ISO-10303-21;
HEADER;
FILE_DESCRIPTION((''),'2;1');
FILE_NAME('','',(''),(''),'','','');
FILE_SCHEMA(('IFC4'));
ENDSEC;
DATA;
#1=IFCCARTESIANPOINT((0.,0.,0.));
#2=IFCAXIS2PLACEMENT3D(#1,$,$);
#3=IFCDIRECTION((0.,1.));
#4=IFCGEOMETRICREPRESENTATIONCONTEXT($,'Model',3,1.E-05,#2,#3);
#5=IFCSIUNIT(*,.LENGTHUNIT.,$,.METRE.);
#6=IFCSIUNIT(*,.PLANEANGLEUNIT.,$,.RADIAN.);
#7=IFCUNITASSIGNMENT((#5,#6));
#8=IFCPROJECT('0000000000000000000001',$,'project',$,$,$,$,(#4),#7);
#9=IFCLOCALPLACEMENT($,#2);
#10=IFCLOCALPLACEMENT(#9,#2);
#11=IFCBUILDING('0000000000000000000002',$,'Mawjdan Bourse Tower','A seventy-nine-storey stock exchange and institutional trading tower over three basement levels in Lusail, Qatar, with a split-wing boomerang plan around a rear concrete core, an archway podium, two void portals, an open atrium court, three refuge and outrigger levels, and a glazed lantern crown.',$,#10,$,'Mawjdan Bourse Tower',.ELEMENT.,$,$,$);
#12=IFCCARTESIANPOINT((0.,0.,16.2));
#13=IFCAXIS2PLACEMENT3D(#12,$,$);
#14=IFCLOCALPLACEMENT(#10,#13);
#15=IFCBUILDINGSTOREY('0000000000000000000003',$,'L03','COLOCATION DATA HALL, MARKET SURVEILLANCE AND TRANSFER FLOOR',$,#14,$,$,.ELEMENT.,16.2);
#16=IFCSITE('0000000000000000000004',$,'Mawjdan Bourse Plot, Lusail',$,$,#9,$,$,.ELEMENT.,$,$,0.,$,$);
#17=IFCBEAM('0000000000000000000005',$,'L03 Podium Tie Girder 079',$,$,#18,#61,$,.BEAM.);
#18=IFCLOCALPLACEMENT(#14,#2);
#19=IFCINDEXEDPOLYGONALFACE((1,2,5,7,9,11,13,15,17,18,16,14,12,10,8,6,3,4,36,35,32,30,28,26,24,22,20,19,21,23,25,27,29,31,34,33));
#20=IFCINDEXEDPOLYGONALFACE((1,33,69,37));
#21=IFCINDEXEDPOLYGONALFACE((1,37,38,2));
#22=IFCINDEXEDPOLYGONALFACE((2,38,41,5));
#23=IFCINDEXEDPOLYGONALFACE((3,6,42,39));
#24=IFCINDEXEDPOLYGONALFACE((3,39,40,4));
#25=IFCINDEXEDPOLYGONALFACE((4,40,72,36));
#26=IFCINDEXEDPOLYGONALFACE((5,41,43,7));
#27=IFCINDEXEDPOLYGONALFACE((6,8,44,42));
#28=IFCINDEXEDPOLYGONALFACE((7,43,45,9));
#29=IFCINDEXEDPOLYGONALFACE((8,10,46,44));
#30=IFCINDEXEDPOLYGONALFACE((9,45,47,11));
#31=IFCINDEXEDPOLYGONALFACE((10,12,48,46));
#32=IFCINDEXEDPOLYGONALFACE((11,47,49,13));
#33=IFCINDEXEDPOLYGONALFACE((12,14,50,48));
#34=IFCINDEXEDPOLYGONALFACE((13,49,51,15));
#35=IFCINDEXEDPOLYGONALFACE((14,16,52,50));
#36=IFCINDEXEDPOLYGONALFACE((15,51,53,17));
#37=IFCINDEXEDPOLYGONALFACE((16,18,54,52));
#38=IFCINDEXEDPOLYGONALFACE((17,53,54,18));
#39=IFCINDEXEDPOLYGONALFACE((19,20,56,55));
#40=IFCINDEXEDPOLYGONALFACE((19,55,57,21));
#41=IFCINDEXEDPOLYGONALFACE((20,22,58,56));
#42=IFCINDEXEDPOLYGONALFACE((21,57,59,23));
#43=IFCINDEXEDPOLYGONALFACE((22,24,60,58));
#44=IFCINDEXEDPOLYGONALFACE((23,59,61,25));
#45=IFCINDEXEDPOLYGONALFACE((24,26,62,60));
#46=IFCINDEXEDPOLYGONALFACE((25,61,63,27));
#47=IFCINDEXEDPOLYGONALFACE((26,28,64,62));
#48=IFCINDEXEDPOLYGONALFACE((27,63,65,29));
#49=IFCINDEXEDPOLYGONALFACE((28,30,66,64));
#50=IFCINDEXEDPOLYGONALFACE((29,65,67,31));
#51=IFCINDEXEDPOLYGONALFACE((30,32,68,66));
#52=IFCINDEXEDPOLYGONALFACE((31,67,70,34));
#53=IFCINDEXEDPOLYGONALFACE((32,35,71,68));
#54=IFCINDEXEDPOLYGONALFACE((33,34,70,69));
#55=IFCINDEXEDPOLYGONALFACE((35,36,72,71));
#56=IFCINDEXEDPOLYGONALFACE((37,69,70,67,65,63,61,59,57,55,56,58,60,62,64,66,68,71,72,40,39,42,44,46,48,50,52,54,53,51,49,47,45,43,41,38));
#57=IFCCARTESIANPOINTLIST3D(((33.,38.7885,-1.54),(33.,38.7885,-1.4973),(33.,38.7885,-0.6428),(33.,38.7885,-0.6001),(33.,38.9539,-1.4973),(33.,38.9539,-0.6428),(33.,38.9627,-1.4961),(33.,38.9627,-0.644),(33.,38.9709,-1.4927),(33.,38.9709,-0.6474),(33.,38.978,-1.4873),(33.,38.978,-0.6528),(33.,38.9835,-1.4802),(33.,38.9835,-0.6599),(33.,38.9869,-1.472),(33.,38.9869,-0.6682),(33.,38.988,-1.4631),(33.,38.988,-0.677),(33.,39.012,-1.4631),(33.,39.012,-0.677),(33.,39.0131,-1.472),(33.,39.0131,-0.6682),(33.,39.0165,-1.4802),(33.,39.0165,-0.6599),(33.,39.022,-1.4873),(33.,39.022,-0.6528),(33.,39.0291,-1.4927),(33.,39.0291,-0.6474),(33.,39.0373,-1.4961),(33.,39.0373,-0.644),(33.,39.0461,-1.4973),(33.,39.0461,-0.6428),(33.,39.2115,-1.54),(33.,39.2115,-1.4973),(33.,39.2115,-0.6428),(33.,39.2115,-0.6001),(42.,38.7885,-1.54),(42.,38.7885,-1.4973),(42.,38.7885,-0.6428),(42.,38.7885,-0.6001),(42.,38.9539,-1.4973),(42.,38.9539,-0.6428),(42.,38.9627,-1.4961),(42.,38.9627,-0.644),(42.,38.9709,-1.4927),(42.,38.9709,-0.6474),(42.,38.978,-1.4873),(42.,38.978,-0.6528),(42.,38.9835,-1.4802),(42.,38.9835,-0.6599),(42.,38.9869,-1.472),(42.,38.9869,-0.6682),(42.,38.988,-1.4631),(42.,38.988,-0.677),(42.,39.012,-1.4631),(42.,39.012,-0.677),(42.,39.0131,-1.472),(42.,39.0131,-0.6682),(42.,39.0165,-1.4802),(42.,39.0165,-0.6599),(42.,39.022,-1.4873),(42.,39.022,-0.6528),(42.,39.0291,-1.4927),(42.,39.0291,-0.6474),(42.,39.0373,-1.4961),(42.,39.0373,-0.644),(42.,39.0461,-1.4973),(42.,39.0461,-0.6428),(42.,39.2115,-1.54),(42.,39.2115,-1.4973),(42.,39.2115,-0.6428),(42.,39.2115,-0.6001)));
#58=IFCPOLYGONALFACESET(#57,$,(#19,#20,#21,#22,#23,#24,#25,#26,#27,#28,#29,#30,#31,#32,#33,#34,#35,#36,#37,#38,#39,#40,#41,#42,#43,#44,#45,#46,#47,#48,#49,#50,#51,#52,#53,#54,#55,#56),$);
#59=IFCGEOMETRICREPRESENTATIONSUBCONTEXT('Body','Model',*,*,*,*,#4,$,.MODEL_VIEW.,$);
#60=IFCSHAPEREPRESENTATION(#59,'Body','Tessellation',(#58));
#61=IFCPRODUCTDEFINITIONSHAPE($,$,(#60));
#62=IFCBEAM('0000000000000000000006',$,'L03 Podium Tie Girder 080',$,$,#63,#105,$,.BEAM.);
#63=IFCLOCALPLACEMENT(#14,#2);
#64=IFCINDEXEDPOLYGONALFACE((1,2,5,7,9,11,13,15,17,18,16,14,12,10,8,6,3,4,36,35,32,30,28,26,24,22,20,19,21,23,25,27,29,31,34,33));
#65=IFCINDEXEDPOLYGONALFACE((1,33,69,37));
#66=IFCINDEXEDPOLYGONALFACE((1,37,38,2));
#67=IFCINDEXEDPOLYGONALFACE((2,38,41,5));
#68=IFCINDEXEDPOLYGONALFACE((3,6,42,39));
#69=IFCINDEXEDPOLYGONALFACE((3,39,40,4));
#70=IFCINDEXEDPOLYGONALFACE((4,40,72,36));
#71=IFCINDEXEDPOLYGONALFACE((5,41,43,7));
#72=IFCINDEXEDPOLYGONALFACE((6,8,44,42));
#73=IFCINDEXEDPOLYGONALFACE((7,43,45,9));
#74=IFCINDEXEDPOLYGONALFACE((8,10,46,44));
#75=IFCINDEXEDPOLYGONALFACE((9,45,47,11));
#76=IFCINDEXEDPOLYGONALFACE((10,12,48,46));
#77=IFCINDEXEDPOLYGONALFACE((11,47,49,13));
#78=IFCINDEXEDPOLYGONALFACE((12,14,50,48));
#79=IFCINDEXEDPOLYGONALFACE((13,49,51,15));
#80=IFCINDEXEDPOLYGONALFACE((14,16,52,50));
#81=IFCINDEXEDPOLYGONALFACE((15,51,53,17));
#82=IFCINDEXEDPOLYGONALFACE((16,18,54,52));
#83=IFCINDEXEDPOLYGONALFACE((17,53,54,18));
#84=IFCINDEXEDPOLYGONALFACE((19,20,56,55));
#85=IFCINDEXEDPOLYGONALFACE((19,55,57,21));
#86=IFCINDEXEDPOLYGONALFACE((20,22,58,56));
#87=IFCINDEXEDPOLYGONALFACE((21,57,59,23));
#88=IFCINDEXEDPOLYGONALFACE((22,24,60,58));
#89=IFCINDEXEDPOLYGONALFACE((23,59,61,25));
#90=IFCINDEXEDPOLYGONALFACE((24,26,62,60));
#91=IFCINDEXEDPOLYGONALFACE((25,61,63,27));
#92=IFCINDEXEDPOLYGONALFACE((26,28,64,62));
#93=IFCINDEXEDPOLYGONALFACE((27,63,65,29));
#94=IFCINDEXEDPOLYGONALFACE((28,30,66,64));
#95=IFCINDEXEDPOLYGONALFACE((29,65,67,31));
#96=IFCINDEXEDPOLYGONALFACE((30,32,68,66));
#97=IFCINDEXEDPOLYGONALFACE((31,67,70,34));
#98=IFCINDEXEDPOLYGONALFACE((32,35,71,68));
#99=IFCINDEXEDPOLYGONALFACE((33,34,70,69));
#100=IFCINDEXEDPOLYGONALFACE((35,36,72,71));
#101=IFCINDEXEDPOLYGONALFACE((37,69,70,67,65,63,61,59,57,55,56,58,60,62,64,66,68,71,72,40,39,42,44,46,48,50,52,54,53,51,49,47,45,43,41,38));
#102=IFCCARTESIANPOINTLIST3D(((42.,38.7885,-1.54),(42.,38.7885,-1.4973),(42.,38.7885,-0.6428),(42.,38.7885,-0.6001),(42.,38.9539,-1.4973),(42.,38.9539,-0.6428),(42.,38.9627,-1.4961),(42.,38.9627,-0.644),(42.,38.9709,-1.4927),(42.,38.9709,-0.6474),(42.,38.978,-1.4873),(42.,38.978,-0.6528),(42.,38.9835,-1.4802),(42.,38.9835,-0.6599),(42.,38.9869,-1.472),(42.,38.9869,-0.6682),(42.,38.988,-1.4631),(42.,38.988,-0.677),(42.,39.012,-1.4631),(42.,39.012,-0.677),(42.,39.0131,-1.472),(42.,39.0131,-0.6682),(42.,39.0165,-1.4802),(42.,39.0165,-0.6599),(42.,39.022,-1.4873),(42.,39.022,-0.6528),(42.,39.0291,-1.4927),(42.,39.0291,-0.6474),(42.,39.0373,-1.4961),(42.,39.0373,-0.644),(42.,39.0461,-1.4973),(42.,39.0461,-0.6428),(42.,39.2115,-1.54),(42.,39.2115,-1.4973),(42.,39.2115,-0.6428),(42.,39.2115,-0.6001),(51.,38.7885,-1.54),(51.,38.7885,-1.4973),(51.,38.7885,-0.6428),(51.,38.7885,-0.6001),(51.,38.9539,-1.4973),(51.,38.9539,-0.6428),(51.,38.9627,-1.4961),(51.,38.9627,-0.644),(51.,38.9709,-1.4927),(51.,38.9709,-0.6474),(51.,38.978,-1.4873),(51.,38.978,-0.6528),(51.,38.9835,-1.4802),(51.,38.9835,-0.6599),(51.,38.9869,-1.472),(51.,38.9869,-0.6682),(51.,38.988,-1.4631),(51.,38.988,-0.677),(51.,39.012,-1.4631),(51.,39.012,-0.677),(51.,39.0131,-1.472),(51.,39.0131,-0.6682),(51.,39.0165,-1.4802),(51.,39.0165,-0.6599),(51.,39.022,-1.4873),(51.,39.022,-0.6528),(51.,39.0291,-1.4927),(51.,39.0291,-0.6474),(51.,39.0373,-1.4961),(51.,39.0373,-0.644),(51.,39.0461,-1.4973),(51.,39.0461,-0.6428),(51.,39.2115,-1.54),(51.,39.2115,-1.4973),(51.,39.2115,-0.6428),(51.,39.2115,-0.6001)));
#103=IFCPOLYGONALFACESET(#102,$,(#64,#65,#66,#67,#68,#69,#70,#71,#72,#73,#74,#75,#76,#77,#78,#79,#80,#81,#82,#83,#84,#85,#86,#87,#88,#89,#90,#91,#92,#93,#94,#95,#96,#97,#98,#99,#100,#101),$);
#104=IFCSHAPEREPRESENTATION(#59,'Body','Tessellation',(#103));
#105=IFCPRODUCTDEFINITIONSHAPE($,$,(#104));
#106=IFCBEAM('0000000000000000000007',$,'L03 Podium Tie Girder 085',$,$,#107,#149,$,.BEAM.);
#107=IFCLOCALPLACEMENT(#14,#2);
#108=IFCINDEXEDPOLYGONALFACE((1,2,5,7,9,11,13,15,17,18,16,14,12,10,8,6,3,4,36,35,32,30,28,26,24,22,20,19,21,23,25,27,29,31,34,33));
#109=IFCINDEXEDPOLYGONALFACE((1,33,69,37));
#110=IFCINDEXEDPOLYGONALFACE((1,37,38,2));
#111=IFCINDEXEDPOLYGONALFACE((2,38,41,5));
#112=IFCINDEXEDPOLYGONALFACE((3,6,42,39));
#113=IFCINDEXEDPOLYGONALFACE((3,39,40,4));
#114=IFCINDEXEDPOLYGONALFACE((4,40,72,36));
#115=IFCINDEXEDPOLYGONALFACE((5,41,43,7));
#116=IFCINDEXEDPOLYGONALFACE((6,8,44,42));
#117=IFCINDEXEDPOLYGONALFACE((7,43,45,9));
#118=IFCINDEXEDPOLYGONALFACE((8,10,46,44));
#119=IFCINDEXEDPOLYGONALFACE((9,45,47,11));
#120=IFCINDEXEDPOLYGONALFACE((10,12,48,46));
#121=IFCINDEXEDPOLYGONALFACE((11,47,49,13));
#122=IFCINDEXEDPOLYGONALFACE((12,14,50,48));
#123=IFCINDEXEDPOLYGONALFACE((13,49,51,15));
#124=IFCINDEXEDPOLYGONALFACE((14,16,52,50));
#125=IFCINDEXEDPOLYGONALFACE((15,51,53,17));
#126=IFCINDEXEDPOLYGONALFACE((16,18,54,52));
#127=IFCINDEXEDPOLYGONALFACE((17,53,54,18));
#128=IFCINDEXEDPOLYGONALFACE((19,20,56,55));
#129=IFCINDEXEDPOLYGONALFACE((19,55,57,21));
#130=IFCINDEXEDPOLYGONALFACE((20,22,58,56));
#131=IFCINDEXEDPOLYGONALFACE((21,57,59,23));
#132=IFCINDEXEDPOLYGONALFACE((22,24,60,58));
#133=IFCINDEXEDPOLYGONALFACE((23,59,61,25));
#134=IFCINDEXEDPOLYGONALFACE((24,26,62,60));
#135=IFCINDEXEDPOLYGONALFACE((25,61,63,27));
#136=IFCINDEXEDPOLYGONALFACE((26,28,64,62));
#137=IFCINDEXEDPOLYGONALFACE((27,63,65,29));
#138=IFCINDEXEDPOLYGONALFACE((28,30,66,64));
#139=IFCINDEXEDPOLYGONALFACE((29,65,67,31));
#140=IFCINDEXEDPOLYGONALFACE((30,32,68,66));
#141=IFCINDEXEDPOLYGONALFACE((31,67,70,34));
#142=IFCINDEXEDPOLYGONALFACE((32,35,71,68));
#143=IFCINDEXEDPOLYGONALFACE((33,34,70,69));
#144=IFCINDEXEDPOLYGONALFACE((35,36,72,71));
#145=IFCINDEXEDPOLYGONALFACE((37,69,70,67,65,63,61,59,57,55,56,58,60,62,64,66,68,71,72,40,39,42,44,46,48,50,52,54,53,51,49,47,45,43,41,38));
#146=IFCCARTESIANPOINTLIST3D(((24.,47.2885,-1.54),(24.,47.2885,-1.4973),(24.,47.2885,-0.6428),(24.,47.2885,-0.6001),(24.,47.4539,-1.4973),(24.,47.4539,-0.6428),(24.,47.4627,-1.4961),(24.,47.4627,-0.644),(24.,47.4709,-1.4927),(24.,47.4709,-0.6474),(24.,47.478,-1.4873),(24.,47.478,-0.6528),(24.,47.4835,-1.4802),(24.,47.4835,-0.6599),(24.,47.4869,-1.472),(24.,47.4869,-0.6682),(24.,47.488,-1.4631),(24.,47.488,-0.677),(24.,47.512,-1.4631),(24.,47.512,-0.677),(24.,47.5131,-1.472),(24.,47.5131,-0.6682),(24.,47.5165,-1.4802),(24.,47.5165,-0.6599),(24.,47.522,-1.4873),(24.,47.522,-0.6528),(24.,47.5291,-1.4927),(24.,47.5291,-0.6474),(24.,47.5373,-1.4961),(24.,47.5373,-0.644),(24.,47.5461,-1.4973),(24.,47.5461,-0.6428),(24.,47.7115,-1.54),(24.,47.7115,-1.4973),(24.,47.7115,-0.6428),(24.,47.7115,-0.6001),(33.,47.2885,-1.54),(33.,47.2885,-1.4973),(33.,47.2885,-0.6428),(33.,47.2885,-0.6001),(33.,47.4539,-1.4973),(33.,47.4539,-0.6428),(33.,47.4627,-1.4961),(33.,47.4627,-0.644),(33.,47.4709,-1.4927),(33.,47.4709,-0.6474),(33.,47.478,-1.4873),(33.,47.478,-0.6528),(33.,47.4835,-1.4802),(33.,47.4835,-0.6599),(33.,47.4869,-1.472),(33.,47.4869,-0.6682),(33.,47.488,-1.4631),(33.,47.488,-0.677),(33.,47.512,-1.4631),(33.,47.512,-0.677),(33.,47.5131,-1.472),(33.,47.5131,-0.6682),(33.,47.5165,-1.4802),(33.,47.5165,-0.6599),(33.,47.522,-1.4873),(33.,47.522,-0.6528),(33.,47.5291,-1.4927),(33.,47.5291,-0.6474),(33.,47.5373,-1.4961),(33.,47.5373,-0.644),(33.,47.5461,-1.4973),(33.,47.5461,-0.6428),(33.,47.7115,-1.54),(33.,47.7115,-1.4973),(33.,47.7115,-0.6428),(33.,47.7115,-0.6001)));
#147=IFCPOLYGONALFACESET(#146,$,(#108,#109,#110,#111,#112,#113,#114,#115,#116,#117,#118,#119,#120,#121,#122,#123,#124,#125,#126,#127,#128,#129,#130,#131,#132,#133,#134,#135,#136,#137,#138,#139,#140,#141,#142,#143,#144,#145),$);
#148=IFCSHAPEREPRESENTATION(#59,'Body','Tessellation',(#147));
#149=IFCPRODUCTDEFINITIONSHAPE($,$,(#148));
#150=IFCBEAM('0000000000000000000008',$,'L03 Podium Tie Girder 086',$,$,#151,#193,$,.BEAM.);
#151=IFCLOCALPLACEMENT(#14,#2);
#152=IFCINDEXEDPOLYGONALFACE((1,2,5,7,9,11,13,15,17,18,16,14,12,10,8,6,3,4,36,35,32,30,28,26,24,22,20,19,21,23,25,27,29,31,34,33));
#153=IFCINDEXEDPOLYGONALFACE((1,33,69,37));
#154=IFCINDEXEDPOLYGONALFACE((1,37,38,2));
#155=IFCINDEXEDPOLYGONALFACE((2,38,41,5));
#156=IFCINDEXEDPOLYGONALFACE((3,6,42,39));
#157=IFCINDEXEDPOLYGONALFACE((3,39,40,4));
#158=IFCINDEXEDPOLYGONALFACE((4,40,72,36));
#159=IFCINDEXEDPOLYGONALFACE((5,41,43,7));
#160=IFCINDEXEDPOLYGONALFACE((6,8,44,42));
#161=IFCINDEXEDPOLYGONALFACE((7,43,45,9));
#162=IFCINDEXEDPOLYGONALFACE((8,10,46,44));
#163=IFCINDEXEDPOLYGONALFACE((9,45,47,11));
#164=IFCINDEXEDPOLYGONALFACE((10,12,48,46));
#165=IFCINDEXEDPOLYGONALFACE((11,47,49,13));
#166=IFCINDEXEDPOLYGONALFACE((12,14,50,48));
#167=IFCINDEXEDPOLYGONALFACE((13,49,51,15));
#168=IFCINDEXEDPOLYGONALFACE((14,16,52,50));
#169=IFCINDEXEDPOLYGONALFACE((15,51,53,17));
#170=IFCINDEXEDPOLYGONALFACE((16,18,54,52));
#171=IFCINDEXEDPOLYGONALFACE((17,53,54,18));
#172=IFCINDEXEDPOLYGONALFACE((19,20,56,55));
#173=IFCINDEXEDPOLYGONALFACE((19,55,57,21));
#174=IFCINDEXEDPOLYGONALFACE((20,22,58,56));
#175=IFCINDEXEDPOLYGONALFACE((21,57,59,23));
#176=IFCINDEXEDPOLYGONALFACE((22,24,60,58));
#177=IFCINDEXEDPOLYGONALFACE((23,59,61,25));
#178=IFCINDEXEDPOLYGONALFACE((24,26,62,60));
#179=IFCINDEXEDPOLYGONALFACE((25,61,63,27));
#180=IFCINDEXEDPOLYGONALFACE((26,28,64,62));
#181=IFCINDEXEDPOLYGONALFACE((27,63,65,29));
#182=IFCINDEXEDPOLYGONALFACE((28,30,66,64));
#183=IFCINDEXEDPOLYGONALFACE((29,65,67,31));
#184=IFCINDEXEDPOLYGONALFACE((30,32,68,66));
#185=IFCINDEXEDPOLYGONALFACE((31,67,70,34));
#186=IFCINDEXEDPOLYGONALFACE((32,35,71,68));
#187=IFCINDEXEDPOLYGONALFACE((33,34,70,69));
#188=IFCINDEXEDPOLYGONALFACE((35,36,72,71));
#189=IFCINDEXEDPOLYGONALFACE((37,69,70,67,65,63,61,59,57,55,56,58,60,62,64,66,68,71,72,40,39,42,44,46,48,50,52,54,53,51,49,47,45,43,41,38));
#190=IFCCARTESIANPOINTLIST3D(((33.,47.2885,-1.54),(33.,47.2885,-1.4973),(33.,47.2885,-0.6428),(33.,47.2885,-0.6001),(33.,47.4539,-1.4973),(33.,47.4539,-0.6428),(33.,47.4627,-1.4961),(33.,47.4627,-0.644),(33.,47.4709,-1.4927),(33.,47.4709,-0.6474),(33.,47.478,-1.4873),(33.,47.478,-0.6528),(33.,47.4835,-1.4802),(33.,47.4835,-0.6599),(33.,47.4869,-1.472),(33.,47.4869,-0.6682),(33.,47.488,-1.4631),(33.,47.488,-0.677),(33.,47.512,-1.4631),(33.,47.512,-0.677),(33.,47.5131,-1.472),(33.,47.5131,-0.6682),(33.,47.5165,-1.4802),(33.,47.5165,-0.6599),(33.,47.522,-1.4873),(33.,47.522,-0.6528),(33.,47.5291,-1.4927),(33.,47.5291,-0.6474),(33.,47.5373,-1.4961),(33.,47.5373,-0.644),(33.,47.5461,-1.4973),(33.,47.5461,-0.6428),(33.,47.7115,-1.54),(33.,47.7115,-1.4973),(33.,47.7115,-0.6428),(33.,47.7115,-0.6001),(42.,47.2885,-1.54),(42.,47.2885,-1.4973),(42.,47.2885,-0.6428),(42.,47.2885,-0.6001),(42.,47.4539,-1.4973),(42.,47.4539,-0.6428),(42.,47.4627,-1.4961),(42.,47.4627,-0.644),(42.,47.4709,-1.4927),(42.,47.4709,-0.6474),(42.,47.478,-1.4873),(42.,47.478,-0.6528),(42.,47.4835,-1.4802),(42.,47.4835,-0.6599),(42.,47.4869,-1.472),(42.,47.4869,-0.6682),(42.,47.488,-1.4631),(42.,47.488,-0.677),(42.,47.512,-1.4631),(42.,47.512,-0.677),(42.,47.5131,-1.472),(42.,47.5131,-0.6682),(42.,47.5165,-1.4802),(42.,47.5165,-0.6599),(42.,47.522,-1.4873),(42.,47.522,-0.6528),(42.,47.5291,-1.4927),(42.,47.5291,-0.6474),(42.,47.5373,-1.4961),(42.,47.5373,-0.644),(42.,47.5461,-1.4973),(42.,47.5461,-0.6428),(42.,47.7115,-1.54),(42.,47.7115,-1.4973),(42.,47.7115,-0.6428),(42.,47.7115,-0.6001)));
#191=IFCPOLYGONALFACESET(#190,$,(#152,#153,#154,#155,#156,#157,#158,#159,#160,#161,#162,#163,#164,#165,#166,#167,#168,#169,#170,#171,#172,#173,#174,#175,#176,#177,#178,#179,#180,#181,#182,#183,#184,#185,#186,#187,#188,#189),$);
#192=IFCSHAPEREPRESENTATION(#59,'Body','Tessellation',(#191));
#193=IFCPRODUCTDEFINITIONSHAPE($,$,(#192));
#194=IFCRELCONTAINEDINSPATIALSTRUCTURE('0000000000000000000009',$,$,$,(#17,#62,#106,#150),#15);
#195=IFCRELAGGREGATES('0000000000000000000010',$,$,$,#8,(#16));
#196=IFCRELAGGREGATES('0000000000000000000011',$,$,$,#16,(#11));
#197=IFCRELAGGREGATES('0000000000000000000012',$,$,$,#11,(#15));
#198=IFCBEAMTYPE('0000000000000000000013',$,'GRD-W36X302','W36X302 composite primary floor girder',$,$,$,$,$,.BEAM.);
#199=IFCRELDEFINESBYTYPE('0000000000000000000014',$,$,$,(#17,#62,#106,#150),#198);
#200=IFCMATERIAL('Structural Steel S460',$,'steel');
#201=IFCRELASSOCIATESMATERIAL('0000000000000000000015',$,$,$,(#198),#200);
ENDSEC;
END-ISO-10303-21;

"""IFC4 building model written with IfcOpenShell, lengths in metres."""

from ifc_helpers import new_model, si_unit, direction, frame, origin, origin_2d, place, context, subcontext, project, spatial, i_section, extrude, material, material_profile, profile_set, type_object, element, save


model = new_model("IFC4")

# Units and contexts
model_context = context("Model", 3, precision=1e-05, world=origin(), true_north=direction((0.0, 1.0)))
body_context = subcontext(model_context, "Body", "Model", "MODEL_VIEW")
ifc_project = project(units=[si_unit("LENGTHUNIT", "METRE"), si_unit("PLANEANGLEUNIT", "RADIAN")], contexts=[model_context])

# Site, building, storey
site_placement = place(None, origin())
site = spatial("IfcSite", under=ifc_project, at=site_placement, Name="Mawjdan Bourse Plot, Lusail", CompositionType="ELEMENT", RefElevation=0.0)
building_placement = place(site_placement, origin())
building = spatial("IfcBuilding", under=site, at=building_placement, Name="Mawjdan Bourse Tower", Description="A seventy-nine-storey stock exchange and institutional trading tower over three basement levels in Lusail, Qatar, with a split-wing boomerang plan around a rear concrete core, an archway podium, two void portals, an open atrium court, three refuge and outrigger levels, and a glazed lantern crown.", LongName="Mawjdan Bourse Tower", CompositionType="ELEMENT")
storey_placement = place(building_placement, frame((0.0, 0.0, 16.2)))
storey = spatial("IfcBuildingStorey", under=building, at=storey_placement, Name="L03", Description="COLOCATION DATA HALL, MARKET SURVEILLANCE AND TRANSFER FLOOR", CompositionType="ELEMENT", Elevation=16.2)

# Beams
ifc_material_1 = material(Name="Structural Steel S460", Category="steel")
ifc_material_profile_1 = material_profile(ifc_material_1, i_section(OverallWidth=0.4231, OverallDepth=0.9399, WebThickness=0.0239, FlangeThickness=0.0427, FilletRadius=0.0342, at=origin_2d()), Name="W36X302")
ifc_profile_set_1 = profile_set([ifc_material_profile_1], Name="Structural Steel S460")
beam_type_1 = type_object("IfcBeamType", Name="GRD-W36X302", Description="W36X302 composite primary floor girder", PredefinedType="BEAM", material=ifc_profile_set_1)
for number, where, z_axis, x_axis, name in (
    (1, (33.0, 39.0, -1.0701), (1.0, 0.0, 0.0), (0.0, 1.0, 0.0), "L03 Podium Tie Girder 079"),
    (2, (42.0, 39.0, -1.0701), (1.0, 0.0, 0.0), (0.0, 1.0, 0.0), "L03 Podium Tie Girder 080"),
    (3, (24.0, 47.5, -1.0701), (1.0, 0.0, 0.0), (0.0, 1.0, 0.0), "L03 Podium Tie Girder 085"),
    (4, (33.0, 47.5, -1.0701), (1.0, 0.0, 0.0), (0.0, 1.0, 0.0), "L03 Podium Tie Girder 086"),
):
    element("IfcBeam", number, at=place(storey_placement, frame(where, z_axis=z_axis, x_axis=x_axis)), inside=storey, type_object=beam_type_1, Name=name, PredefinedType="BEAM", context=body_context, shape_type="SweptSolid", body=[
        extrude(i_section(OverallWidth=0.4231, OverallDepth=0.9399, WebThickness=0.0239, FlangeThickness=0.0427, FilletRadius=0.0342, at=origin_2d()), origin(), (0.0, 0.0, 1.0), 9.0),
    ])

save(model, "model.ifc")
